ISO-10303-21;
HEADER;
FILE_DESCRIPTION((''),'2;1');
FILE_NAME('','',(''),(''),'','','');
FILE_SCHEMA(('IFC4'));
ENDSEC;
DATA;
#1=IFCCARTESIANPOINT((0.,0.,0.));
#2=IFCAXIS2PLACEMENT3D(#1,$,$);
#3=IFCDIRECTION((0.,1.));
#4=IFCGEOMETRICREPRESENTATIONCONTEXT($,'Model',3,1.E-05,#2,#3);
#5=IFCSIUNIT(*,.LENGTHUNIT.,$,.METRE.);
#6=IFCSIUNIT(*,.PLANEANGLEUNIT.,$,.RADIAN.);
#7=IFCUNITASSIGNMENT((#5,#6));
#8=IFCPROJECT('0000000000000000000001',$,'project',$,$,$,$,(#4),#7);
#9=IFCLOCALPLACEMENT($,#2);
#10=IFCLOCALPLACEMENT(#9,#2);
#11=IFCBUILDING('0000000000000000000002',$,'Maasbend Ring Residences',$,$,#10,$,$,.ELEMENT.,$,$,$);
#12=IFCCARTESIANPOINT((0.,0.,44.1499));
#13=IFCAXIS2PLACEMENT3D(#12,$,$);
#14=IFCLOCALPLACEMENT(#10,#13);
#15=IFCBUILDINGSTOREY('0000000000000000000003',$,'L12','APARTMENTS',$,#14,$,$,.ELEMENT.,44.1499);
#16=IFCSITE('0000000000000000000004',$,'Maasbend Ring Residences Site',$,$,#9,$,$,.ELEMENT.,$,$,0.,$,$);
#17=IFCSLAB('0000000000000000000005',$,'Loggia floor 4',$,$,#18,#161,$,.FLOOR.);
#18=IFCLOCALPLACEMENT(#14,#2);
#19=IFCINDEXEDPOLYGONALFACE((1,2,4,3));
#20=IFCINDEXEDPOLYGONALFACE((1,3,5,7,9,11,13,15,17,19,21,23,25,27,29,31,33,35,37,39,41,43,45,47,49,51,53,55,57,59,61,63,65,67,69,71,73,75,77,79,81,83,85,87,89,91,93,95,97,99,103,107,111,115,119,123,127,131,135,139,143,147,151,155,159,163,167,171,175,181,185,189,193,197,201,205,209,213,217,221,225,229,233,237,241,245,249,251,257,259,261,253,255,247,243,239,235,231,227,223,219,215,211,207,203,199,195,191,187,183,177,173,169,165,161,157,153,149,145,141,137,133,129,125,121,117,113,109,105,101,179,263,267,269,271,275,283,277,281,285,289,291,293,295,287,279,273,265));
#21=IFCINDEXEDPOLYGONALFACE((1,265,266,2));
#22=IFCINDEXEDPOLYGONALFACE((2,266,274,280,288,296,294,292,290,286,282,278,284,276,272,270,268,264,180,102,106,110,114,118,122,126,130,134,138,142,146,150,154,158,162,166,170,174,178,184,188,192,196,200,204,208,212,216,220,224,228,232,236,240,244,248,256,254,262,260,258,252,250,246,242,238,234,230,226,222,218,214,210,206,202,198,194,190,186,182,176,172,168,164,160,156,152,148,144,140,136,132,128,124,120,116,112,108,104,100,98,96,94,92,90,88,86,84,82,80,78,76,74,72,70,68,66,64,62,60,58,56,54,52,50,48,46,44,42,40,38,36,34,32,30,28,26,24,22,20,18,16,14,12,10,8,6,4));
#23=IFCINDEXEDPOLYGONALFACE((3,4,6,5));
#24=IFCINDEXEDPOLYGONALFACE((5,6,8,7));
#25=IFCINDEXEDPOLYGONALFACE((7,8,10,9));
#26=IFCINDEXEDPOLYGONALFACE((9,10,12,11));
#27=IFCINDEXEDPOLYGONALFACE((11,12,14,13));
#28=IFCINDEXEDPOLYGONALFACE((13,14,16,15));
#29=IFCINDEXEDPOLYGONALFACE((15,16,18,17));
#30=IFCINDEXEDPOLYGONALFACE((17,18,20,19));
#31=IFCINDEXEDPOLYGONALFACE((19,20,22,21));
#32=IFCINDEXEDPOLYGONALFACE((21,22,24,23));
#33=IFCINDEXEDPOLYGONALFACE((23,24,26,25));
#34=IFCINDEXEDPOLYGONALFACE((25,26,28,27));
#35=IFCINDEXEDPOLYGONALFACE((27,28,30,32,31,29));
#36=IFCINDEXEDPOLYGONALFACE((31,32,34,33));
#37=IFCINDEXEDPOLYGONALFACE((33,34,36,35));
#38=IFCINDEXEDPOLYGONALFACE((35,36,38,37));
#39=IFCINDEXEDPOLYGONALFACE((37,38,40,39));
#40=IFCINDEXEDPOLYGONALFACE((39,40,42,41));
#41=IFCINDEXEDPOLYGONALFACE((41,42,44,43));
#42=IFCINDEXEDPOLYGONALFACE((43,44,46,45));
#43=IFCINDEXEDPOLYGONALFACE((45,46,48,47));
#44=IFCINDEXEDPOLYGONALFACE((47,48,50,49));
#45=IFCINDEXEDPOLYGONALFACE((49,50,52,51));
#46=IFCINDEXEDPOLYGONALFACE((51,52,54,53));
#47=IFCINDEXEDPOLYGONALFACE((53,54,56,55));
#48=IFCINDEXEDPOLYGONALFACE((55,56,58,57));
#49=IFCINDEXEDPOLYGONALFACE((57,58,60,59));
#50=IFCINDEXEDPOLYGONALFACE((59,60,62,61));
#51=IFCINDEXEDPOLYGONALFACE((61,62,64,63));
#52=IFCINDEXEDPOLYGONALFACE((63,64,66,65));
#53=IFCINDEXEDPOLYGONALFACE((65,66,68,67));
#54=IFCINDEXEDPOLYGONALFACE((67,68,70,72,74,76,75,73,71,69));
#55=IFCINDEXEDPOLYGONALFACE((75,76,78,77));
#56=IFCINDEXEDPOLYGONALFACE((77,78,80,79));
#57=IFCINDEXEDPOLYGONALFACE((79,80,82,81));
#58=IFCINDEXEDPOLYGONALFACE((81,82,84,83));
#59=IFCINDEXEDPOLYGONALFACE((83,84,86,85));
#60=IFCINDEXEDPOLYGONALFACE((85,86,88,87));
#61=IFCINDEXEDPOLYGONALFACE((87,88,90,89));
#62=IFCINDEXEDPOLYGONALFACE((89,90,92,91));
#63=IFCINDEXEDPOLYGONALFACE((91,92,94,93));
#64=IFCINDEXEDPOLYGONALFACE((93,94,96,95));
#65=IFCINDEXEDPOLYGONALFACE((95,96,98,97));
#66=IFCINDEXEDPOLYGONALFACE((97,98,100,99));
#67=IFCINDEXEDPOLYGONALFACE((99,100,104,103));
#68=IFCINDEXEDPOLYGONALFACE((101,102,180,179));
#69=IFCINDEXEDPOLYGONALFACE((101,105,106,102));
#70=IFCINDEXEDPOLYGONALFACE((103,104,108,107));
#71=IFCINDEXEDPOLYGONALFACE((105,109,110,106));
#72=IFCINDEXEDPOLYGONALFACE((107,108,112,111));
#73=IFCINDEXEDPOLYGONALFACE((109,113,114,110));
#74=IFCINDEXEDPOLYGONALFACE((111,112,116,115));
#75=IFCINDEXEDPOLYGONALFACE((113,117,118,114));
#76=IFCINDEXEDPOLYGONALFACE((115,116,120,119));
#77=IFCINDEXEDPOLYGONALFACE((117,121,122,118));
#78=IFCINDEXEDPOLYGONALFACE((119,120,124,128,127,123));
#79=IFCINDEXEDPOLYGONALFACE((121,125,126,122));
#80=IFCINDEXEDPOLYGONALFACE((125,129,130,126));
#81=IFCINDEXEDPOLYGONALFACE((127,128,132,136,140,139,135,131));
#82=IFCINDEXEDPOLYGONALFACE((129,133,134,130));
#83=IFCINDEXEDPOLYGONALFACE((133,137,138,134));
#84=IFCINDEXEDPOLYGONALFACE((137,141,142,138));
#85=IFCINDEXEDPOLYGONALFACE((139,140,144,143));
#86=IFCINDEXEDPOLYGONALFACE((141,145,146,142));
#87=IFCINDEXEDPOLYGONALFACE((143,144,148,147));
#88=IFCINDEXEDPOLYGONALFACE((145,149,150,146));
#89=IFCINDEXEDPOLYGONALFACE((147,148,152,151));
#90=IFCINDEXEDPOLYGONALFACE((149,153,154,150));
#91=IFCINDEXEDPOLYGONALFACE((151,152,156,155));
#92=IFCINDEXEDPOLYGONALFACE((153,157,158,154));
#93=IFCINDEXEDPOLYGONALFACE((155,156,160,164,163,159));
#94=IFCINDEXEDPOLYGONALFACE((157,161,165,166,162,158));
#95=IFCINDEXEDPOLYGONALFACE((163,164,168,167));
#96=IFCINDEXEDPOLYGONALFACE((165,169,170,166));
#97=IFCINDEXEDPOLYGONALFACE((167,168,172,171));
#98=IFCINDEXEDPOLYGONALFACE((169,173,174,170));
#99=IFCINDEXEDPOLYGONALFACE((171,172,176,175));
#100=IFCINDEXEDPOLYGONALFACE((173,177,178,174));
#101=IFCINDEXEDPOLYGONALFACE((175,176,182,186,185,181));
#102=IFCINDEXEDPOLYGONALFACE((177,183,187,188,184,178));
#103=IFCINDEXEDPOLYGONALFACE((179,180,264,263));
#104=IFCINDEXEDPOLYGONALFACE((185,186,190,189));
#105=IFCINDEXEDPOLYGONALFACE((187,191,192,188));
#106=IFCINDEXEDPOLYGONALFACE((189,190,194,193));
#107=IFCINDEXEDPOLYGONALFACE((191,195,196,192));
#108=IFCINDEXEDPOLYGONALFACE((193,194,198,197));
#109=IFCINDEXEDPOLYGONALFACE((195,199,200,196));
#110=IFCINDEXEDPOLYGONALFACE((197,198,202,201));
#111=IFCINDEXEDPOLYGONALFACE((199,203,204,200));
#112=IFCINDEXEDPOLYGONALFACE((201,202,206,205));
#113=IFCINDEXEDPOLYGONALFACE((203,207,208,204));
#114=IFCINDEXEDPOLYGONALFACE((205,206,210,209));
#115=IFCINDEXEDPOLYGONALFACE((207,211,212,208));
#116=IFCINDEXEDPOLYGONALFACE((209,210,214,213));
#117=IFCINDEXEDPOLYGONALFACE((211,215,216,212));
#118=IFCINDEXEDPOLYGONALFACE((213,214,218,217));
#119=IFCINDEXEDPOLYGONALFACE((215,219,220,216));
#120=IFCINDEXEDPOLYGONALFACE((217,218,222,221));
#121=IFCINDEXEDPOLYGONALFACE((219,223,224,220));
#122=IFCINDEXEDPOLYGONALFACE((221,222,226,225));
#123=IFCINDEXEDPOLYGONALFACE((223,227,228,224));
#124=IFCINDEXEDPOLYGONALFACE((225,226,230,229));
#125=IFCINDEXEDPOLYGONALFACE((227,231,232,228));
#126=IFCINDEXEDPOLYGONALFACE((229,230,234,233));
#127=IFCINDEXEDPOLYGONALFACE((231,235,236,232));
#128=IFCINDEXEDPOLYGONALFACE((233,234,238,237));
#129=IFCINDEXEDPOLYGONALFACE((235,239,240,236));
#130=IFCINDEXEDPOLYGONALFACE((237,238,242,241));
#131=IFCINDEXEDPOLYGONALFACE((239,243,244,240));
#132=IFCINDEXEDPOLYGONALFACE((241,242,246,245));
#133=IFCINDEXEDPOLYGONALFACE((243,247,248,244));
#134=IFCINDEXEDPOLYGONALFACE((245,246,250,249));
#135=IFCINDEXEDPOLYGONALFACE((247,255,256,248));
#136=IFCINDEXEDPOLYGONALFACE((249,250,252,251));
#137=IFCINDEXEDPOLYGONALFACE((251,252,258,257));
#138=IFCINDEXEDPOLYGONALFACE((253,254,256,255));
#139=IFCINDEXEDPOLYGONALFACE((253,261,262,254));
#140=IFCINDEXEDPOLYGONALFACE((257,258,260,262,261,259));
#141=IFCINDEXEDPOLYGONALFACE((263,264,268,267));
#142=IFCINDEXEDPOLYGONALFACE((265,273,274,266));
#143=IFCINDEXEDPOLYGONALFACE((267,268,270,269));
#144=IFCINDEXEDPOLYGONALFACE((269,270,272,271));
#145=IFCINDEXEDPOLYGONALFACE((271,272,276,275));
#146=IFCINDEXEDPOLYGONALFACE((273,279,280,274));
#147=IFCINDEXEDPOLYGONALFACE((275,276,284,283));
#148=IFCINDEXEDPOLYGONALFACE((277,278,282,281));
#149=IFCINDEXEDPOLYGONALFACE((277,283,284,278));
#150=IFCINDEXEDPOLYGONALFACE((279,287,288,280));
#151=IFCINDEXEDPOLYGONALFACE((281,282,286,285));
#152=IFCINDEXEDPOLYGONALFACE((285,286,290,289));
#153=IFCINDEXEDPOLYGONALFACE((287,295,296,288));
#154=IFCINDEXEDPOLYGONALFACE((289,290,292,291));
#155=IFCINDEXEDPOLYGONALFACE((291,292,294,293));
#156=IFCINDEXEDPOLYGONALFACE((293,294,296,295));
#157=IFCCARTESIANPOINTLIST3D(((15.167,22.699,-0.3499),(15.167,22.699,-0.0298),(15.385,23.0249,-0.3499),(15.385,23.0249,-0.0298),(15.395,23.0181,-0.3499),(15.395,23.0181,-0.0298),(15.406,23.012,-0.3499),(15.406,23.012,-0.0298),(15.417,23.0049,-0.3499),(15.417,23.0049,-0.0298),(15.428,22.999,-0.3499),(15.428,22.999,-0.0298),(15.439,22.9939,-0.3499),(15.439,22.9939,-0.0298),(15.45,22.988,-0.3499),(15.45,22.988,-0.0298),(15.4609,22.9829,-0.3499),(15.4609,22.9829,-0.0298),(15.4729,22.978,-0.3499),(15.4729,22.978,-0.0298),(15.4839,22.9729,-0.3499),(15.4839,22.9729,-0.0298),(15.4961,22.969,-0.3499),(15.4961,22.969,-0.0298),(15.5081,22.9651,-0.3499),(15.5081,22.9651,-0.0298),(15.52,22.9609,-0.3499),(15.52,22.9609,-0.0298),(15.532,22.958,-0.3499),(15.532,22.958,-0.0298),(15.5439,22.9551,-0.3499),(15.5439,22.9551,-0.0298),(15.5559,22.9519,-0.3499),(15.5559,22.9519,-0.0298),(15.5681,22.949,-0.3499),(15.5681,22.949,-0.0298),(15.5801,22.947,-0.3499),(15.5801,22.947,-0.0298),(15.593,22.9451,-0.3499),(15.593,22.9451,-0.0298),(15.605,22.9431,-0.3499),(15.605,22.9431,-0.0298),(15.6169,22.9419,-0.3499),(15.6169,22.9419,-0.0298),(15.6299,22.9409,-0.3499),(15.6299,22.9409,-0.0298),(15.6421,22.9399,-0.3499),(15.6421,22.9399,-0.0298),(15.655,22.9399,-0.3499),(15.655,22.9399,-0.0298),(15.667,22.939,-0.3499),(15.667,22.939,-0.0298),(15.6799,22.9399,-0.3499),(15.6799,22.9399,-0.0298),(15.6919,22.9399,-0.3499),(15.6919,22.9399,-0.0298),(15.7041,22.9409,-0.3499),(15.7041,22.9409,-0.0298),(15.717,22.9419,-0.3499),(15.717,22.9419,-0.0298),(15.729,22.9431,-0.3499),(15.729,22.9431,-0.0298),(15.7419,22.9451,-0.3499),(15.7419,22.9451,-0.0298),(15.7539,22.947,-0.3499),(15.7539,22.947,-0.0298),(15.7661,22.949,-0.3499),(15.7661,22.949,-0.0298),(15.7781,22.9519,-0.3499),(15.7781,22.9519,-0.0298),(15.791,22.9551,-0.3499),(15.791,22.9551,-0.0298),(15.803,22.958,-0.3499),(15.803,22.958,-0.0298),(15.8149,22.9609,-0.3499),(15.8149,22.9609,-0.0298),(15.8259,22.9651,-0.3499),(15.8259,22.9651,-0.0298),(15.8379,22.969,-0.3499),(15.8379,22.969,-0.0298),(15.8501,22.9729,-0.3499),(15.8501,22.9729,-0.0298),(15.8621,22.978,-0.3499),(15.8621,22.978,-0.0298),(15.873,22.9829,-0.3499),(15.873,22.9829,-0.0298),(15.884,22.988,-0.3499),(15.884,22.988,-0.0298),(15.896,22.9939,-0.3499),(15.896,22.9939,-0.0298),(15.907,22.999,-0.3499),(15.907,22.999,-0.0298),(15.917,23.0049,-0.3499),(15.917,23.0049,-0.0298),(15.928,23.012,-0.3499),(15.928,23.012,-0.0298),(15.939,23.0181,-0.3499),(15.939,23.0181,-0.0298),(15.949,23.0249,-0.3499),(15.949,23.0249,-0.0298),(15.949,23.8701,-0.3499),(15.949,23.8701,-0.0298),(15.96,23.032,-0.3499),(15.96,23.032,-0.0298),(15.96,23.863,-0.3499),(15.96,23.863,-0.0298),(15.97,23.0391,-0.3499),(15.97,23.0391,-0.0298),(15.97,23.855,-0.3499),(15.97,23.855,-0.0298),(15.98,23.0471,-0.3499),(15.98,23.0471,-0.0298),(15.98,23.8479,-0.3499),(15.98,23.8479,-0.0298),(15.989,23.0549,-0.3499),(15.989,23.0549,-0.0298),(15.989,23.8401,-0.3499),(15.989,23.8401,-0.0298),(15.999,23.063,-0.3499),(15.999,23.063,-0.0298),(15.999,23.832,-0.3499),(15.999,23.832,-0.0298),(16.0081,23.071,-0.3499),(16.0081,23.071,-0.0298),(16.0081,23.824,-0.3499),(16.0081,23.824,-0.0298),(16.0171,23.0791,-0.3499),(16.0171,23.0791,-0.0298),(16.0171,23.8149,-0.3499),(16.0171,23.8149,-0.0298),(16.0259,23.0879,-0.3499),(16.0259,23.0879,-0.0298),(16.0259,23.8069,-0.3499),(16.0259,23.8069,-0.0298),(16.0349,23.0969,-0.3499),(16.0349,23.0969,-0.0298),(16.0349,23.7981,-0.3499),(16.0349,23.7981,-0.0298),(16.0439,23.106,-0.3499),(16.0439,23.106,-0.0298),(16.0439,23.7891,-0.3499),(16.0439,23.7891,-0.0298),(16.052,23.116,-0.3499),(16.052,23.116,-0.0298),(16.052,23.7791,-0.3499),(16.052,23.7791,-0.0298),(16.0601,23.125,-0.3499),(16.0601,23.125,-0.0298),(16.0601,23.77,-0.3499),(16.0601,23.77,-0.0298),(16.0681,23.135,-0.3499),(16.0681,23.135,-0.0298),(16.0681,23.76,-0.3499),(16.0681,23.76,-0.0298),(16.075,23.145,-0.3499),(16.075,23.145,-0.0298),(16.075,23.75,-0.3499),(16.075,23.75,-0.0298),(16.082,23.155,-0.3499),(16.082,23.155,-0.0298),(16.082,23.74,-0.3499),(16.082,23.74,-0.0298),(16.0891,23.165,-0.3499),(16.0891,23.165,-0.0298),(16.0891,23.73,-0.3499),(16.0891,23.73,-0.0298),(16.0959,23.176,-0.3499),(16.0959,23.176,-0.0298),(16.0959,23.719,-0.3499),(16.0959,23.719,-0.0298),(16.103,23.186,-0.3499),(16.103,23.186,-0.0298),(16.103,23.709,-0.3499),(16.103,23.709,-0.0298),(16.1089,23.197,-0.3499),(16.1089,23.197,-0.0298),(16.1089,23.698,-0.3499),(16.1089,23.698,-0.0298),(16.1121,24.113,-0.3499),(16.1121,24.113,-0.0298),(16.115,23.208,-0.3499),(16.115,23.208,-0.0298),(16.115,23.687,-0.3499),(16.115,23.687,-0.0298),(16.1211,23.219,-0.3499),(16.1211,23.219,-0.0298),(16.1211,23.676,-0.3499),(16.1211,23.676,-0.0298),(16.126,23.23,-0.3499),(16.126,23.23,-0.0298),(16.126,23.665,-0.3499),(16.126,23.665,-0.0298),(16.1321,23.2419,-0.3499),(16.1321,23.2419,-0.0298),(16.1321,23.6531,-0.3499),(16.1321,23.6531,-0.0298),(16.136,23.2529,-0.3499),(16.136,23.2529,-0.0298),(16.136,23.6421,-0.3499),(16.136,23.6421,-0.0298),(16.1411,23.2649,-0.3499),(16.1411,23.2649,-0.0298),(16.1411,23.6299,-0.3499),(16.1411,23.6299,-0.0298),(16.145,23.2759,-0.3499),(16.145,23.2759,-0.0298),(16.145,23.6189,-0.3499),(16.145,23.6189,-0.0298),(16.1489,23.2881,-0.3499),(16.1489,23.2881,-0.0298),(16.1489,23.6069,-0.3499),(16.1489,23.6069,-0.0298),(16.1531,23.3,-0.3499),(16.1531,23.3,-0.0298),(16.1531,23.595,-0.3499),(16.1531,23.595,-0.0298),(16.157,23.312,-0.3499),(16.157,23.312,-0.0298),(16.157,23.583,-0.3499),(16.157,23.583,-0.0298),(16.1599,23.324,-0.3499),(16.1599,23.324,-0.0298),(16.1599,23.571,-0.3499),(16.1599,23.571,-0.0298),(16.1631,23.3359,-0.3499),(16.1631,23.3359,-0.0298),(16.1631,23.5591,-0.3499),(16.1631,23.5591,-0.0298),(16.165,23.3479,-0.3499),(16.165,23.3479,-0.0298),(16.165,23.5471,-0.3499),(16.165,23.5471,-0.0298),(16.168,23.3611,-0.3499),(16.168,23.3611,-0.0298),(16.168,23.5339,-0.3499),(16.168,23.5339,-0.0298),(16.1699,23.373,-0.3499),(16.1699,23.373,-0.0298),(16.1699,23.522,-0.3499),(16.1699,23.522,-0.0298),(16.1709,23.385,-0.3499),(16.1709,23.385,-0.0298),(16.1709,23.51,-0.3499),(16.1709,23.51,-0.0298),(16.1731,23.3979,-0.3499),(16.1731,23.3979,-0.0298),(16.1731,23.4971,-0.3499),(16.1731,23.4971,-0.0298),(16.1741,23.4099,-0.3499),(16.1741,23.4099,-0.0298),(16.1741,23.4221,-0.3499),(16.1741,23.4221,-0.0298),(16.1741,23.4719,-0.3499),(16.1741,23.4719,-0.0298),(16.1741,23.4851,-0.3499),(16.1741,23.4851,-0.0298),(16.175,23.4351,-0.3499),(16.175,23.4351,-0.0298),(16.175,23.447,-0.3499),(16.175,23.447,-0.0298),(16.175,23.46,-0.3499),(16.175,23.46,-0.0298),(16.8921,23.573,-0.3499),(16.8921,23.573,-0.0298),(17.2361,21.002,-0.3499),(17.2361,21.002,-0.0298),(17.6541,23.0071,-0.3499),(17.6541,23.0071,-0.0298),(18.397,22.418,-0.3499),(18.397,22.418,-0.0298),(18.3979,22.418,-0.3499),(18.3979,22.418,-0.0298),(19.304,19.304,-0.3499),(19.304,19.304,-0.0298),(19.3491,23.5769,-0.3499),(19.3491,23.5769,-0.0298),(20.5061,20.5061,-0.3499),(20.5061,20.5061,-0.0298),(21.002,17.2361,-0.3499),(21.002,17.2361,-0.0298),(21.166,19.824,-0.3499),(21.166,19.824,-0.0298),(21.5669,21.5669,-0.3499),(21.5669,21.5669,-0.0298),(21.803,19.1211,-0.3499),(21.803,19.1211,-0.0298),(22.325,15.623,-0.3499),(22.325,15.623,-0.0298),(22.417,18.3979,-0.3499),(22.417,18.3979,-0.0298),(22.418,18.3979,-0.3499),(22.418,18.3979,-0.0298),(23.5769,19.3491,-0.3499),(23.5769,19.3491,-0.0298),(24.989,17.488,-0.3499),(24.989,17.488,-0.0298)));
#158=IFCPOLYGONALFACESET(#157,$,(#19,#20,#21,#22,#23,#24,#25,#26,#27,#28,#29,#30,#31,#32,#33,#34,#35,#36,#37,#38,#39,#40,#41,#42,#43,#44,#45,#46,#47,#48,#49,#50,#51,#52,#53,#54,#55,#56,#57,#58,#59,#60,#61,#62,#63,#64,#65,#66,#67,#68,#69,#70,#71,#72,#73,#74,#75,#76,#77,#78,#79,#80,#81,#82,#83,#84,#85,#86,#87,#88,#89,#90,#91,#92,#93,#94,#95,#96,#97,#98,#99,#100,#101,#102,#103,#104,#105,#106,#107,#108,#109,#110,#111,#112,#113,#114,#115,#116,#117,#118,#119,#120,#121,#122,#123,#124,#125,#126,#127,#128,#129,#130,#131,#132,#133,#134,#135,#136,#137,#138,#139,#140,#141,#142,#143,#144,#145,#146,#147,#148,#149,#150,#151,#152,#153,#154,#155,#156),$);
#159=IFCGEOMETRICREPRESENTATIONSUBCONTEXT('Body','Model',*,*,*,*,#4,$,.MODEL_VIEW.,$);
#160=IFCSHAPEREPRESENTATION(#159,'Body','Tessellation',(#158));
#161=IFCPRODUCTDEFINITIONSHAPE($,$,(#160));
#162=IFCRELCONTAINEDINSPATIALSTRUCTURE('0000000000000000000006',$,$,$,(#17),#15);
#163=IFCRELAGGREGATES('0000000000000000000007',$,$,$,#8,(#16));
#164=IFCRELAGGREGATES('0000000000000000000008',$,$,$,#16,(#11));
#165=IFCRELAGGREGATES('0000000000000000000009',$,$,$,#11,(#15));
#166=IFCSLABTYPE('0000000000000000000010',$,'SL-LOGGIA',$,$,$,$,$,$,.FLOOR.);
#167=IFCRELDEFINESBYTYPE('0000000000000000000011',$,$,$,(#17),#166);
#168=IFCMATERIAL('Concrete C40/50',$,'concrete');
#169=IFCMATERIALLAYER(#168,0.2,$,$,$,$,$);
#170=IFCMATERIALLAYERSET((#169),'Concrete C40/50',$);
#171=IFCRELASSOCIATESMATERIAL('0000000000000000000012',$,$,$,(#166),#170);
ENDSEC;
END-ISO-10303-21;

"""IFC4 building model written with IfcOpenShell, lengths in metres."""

from ifc_helpers import new_model, si_unit, direction, frame, origin, place, context, subcontext, project, spatial, polyline, outline, extrude, material, layer, layer_set, type_object, element, save


model = new_model("IFC4")

# Units and contexts
model_context = context("Model", 3, precision=1e-05, world=origin(), true_north=direction((0.0, 1.0)))
body_context = subcontext(model_context, "Body", "Model", "MODEL_VIEW")
ifc_project = project(units=[si_unit("LENGTHUNIT", "METRE"), si_unit("PLANEANGLEUNIT", "RADIAN")], contexts=[model_context])

# Site, building, storey
site_placement = place(None, origin())
site = spatial("IfcSite", under=ifc_project, at=site_placement, Name="Maasbend Ring Residences Site", CompositionType="ELEMENT", RefElevation=0.0)
building_placement = place(site_placement, origin())
building = spatial("IfcBuilding", under=site, at=building_placement, Name="Maasbend Ring Residences", CompositionType="ELEMENT")
storey_placement = place(building_placement, frame((0.0, 0.0, 44.1499)))
storey = spatial("IfcBuildingStorey", under=building, at=storey_placement, Name="L12", Description="APARTMENTS", CompositionType="ELEMENT", Elevation=44.1499)

# Slab
ifc_material_1 = material(Name="Concrete C40/50", Category="concrete")
ifc_layer_1 = layer(ifc_material_1, 0.2)
ifc_layer_set_1 = layer_set([ifc_layer_1], Name="Concrete C40/50")
slab_type_1 = type_object("IfcSlabType", Name="SL-LOGGIA", PredefinedType="FLOOR", material=ifc_layer_set_1)
slab_1_placement = place(storey_placement, frame((0.0, 0.0, -0.3499)))
element("IfcSlab", 1, at=slab_1_placement, inside=storey, type_object=slab_type_1, Name="Loggia floor 4", PredefinedType="FLOOR", context=body_context, shape_type="SweptSolid", body=[
    extrude(outline(polyline([(15.406, 23.012), (15.417, 23.0049), (15.428, 22.999), (15.439, 22.9939), (15.45, 22.988), (15.4609, 22.9829), (15.4729, 22.978), (15.4839, 22.9729), (15.4961, 22.969), (15.5081, 22.9651), (15.52, 22.9609), (15.532, 22.958), (15.5439, 22.9551), (15.5559, 22.9519), (15.5681, 22.949), (15.5801, 22.947), (15.593, 22.9451), (15.605, 22.9431), (15.6169, 22.9419), (15.6299, 22.9409), (15.6421, 22.9399), (15.655, 22.9399), (15.667, 22.939), (15.6799, 22.9399), (15.6919, 22.9399), (15.7041, 22.9409), (15.717, 22.9419), (15.729, 22.9431), (15.7419, 22.9451), (15.7539, 22.947), (15.7661, 22.949), (15.7781, 22.9519), (15.791, 22.9551), (15.803, 22.958), (15.8149, 22.9609), (15.8259, 22.9651), (15.8379, 22.969), (15.8501, 22.9729), (15.8621, 22.978), (15.873, 22.9829), (15.884, 22.988), (15.896, 22.9939), (15.907, 22.999), (15.917, 23.0049), (15.928, 23.012), (15.939, 23.0181), (15.949, 23.0249), (15.96, 23.032), (15.97, 23.0391), (15.98, 23.0471), (15.989, 23.0549), (15.999, 23.063), (16.0081, 23.071), (16.0171, 23.0791), (16.0259, 23.0879), (16.0349, 23.0969), (16.0439, 23.106), (16.052, 23.116), (16.0601, 23.125), (16.0681, 23.135), (16.075, 23.145), (16.082, 23.155), (16.0891, 23.165), (16.0959, 23.176), (16.103, 23.186), (16.1089, 23.197), (16.115, 23.208), (16.1211, 23.219), (16.126, 23.23), (16.1321, 23.2419), (16.136, 23.2529), (16.1411, 23.2649), (16.145, 23.2759), (16.1489, 23.2881), (16.1531, 23.3), (16.157, 23.312), (16.1599, 23.324), (16.1631, 23.3359), (16.165, 23.3479), (16.168, 23.3611), (16.1699, 23.373), (16.1709, 23.385), (16.1731, 23.3979), (16.1741, 23.4099), (16.1741, 23.4221), (16.175, 23.4351), (16.175, 23.447), (16.175, 23.46), (16.1741, 23.4719), (16.1741, 23.4851), (16.1731, 23.4971), (16.1709, 23.51), (16.1699, 23.522), (16.168, 23.5339), (16.165, 23.5471), (16.1631, 23.5591), (16.1599, 23.571), (16.157, 23.583), (16.1531, 23.595), (16.1489, 23.6069), (16.145, 23.6189), (16.1411, 23.6299), (16.136, 23.6421), (16.1321, 23.6531), (16.126, 23.665), (16.1211, 23.676), (16.115, 23.687), (16.1089, 23.698), (16.103, 23.709), (16.0959, 23.719), (16.0891, 23.73), (16.082, 23.74), (16.075, 23.75), (16.0681, 23.76), (16.0601, 23.77), (16.052, 23.7791), (16.0439, 23.7891), (16.0349, 23.7981), (16.0259, 23.8069), (16.0171, 23.8149), (16.0081, 23.824), (15.999, 23.832), (15.989, 23.8401), (15.98, 23.8479), (15.97, 23.855), (15.96, 23.863), (15.949, 23.8701), (15.949, 23.8701), (16.1121, 24.113), (16.1121, 24.113), (16.1121, 24.113), (16.8921, 23.573), (16.8921, 23.573), (17.6541, 23.0071), (17.6541, 23.0071), (18.397, 22.418), (18.397, 22.418), (18.397, 22.418), (18.397, 22.418), (18.397, 22.418), (18.397, 22.418), (18.397, 22.418), (18.397, 22.418), (18.397, 22.418), (18.397, 22.418), (18.397, 22.418), (18.3979, 22.418), (18.3979, 22.418), (18.3979, 22.418), (18.3979, 22.418), (18.3979, 22.418), (18.3979, 22.418), (19.3491, 23.5769), (19.3491, 23.5769), (19.3491, 23.5769), (21.5669, 21.5669), (21.5669, 21.5669), (21.5669, 21.5669), (20.5061, 20.5061), (20.5061, 20.5061), (20.5061, 20.5061), (20.5061, 20.5061), (20.5061, 20.5061), (20.5061, 20.5061), (20.5061, 20.5061), (20.5061, 20.5061), (20.5061, 20.5061), (20.5061, 20.5061), (20.5061, 20.5061), (20.5061, 20.5061), (20.5061, 20.5061), (20.5061, 20.5061), (20.5061, 20.5061), (20.5061, 20.5061), (20.5061, 20.5061), (21.166, 19.824), (21.166, 19.824), (21.803, 19.1211), (21.803, 19.1211), (22.417, 18.3979), (22.417, 18.3979), (22.417, 18.3979), (22.417, 18.3979), (22.417, 18.3979), (22.417, 18.3979), (22.417, 18.3979), (22.417, 18.3979), (22.417, 18.3979), (22.417, 18.3979), (22.417, 18.3979), (22.417, 18.3979), (22.418, 18.3979), (22.418, 18.3979), (22.418, 18.3979), (22.418, 18.3979), (22.418, 18.3979), (23.5769, 19.3491), (23.5769, 19.3491), (23.5769, 19.3491), (24.989, 17.488), (24.989, 17.488), (24.989, 17.488), (22.325, 15.623), (22.325, 15.623), (22.325, 15.623), (21.002, 17.2361), (19.304, 19.304), (19.304, 19.304), (19.304, 19.304), (17.2361, 21.002), (15.167, 22.699), (15.167, 22.699), (15.167, 22.699), (15.385, 23.0249), (15.385, 23.0249), (15.395, 23.0181), (15.406, 23.012)])), origin(), (0.0, 0.0, 1.0), 0.3201),
])

save(model, "model.ifc")
